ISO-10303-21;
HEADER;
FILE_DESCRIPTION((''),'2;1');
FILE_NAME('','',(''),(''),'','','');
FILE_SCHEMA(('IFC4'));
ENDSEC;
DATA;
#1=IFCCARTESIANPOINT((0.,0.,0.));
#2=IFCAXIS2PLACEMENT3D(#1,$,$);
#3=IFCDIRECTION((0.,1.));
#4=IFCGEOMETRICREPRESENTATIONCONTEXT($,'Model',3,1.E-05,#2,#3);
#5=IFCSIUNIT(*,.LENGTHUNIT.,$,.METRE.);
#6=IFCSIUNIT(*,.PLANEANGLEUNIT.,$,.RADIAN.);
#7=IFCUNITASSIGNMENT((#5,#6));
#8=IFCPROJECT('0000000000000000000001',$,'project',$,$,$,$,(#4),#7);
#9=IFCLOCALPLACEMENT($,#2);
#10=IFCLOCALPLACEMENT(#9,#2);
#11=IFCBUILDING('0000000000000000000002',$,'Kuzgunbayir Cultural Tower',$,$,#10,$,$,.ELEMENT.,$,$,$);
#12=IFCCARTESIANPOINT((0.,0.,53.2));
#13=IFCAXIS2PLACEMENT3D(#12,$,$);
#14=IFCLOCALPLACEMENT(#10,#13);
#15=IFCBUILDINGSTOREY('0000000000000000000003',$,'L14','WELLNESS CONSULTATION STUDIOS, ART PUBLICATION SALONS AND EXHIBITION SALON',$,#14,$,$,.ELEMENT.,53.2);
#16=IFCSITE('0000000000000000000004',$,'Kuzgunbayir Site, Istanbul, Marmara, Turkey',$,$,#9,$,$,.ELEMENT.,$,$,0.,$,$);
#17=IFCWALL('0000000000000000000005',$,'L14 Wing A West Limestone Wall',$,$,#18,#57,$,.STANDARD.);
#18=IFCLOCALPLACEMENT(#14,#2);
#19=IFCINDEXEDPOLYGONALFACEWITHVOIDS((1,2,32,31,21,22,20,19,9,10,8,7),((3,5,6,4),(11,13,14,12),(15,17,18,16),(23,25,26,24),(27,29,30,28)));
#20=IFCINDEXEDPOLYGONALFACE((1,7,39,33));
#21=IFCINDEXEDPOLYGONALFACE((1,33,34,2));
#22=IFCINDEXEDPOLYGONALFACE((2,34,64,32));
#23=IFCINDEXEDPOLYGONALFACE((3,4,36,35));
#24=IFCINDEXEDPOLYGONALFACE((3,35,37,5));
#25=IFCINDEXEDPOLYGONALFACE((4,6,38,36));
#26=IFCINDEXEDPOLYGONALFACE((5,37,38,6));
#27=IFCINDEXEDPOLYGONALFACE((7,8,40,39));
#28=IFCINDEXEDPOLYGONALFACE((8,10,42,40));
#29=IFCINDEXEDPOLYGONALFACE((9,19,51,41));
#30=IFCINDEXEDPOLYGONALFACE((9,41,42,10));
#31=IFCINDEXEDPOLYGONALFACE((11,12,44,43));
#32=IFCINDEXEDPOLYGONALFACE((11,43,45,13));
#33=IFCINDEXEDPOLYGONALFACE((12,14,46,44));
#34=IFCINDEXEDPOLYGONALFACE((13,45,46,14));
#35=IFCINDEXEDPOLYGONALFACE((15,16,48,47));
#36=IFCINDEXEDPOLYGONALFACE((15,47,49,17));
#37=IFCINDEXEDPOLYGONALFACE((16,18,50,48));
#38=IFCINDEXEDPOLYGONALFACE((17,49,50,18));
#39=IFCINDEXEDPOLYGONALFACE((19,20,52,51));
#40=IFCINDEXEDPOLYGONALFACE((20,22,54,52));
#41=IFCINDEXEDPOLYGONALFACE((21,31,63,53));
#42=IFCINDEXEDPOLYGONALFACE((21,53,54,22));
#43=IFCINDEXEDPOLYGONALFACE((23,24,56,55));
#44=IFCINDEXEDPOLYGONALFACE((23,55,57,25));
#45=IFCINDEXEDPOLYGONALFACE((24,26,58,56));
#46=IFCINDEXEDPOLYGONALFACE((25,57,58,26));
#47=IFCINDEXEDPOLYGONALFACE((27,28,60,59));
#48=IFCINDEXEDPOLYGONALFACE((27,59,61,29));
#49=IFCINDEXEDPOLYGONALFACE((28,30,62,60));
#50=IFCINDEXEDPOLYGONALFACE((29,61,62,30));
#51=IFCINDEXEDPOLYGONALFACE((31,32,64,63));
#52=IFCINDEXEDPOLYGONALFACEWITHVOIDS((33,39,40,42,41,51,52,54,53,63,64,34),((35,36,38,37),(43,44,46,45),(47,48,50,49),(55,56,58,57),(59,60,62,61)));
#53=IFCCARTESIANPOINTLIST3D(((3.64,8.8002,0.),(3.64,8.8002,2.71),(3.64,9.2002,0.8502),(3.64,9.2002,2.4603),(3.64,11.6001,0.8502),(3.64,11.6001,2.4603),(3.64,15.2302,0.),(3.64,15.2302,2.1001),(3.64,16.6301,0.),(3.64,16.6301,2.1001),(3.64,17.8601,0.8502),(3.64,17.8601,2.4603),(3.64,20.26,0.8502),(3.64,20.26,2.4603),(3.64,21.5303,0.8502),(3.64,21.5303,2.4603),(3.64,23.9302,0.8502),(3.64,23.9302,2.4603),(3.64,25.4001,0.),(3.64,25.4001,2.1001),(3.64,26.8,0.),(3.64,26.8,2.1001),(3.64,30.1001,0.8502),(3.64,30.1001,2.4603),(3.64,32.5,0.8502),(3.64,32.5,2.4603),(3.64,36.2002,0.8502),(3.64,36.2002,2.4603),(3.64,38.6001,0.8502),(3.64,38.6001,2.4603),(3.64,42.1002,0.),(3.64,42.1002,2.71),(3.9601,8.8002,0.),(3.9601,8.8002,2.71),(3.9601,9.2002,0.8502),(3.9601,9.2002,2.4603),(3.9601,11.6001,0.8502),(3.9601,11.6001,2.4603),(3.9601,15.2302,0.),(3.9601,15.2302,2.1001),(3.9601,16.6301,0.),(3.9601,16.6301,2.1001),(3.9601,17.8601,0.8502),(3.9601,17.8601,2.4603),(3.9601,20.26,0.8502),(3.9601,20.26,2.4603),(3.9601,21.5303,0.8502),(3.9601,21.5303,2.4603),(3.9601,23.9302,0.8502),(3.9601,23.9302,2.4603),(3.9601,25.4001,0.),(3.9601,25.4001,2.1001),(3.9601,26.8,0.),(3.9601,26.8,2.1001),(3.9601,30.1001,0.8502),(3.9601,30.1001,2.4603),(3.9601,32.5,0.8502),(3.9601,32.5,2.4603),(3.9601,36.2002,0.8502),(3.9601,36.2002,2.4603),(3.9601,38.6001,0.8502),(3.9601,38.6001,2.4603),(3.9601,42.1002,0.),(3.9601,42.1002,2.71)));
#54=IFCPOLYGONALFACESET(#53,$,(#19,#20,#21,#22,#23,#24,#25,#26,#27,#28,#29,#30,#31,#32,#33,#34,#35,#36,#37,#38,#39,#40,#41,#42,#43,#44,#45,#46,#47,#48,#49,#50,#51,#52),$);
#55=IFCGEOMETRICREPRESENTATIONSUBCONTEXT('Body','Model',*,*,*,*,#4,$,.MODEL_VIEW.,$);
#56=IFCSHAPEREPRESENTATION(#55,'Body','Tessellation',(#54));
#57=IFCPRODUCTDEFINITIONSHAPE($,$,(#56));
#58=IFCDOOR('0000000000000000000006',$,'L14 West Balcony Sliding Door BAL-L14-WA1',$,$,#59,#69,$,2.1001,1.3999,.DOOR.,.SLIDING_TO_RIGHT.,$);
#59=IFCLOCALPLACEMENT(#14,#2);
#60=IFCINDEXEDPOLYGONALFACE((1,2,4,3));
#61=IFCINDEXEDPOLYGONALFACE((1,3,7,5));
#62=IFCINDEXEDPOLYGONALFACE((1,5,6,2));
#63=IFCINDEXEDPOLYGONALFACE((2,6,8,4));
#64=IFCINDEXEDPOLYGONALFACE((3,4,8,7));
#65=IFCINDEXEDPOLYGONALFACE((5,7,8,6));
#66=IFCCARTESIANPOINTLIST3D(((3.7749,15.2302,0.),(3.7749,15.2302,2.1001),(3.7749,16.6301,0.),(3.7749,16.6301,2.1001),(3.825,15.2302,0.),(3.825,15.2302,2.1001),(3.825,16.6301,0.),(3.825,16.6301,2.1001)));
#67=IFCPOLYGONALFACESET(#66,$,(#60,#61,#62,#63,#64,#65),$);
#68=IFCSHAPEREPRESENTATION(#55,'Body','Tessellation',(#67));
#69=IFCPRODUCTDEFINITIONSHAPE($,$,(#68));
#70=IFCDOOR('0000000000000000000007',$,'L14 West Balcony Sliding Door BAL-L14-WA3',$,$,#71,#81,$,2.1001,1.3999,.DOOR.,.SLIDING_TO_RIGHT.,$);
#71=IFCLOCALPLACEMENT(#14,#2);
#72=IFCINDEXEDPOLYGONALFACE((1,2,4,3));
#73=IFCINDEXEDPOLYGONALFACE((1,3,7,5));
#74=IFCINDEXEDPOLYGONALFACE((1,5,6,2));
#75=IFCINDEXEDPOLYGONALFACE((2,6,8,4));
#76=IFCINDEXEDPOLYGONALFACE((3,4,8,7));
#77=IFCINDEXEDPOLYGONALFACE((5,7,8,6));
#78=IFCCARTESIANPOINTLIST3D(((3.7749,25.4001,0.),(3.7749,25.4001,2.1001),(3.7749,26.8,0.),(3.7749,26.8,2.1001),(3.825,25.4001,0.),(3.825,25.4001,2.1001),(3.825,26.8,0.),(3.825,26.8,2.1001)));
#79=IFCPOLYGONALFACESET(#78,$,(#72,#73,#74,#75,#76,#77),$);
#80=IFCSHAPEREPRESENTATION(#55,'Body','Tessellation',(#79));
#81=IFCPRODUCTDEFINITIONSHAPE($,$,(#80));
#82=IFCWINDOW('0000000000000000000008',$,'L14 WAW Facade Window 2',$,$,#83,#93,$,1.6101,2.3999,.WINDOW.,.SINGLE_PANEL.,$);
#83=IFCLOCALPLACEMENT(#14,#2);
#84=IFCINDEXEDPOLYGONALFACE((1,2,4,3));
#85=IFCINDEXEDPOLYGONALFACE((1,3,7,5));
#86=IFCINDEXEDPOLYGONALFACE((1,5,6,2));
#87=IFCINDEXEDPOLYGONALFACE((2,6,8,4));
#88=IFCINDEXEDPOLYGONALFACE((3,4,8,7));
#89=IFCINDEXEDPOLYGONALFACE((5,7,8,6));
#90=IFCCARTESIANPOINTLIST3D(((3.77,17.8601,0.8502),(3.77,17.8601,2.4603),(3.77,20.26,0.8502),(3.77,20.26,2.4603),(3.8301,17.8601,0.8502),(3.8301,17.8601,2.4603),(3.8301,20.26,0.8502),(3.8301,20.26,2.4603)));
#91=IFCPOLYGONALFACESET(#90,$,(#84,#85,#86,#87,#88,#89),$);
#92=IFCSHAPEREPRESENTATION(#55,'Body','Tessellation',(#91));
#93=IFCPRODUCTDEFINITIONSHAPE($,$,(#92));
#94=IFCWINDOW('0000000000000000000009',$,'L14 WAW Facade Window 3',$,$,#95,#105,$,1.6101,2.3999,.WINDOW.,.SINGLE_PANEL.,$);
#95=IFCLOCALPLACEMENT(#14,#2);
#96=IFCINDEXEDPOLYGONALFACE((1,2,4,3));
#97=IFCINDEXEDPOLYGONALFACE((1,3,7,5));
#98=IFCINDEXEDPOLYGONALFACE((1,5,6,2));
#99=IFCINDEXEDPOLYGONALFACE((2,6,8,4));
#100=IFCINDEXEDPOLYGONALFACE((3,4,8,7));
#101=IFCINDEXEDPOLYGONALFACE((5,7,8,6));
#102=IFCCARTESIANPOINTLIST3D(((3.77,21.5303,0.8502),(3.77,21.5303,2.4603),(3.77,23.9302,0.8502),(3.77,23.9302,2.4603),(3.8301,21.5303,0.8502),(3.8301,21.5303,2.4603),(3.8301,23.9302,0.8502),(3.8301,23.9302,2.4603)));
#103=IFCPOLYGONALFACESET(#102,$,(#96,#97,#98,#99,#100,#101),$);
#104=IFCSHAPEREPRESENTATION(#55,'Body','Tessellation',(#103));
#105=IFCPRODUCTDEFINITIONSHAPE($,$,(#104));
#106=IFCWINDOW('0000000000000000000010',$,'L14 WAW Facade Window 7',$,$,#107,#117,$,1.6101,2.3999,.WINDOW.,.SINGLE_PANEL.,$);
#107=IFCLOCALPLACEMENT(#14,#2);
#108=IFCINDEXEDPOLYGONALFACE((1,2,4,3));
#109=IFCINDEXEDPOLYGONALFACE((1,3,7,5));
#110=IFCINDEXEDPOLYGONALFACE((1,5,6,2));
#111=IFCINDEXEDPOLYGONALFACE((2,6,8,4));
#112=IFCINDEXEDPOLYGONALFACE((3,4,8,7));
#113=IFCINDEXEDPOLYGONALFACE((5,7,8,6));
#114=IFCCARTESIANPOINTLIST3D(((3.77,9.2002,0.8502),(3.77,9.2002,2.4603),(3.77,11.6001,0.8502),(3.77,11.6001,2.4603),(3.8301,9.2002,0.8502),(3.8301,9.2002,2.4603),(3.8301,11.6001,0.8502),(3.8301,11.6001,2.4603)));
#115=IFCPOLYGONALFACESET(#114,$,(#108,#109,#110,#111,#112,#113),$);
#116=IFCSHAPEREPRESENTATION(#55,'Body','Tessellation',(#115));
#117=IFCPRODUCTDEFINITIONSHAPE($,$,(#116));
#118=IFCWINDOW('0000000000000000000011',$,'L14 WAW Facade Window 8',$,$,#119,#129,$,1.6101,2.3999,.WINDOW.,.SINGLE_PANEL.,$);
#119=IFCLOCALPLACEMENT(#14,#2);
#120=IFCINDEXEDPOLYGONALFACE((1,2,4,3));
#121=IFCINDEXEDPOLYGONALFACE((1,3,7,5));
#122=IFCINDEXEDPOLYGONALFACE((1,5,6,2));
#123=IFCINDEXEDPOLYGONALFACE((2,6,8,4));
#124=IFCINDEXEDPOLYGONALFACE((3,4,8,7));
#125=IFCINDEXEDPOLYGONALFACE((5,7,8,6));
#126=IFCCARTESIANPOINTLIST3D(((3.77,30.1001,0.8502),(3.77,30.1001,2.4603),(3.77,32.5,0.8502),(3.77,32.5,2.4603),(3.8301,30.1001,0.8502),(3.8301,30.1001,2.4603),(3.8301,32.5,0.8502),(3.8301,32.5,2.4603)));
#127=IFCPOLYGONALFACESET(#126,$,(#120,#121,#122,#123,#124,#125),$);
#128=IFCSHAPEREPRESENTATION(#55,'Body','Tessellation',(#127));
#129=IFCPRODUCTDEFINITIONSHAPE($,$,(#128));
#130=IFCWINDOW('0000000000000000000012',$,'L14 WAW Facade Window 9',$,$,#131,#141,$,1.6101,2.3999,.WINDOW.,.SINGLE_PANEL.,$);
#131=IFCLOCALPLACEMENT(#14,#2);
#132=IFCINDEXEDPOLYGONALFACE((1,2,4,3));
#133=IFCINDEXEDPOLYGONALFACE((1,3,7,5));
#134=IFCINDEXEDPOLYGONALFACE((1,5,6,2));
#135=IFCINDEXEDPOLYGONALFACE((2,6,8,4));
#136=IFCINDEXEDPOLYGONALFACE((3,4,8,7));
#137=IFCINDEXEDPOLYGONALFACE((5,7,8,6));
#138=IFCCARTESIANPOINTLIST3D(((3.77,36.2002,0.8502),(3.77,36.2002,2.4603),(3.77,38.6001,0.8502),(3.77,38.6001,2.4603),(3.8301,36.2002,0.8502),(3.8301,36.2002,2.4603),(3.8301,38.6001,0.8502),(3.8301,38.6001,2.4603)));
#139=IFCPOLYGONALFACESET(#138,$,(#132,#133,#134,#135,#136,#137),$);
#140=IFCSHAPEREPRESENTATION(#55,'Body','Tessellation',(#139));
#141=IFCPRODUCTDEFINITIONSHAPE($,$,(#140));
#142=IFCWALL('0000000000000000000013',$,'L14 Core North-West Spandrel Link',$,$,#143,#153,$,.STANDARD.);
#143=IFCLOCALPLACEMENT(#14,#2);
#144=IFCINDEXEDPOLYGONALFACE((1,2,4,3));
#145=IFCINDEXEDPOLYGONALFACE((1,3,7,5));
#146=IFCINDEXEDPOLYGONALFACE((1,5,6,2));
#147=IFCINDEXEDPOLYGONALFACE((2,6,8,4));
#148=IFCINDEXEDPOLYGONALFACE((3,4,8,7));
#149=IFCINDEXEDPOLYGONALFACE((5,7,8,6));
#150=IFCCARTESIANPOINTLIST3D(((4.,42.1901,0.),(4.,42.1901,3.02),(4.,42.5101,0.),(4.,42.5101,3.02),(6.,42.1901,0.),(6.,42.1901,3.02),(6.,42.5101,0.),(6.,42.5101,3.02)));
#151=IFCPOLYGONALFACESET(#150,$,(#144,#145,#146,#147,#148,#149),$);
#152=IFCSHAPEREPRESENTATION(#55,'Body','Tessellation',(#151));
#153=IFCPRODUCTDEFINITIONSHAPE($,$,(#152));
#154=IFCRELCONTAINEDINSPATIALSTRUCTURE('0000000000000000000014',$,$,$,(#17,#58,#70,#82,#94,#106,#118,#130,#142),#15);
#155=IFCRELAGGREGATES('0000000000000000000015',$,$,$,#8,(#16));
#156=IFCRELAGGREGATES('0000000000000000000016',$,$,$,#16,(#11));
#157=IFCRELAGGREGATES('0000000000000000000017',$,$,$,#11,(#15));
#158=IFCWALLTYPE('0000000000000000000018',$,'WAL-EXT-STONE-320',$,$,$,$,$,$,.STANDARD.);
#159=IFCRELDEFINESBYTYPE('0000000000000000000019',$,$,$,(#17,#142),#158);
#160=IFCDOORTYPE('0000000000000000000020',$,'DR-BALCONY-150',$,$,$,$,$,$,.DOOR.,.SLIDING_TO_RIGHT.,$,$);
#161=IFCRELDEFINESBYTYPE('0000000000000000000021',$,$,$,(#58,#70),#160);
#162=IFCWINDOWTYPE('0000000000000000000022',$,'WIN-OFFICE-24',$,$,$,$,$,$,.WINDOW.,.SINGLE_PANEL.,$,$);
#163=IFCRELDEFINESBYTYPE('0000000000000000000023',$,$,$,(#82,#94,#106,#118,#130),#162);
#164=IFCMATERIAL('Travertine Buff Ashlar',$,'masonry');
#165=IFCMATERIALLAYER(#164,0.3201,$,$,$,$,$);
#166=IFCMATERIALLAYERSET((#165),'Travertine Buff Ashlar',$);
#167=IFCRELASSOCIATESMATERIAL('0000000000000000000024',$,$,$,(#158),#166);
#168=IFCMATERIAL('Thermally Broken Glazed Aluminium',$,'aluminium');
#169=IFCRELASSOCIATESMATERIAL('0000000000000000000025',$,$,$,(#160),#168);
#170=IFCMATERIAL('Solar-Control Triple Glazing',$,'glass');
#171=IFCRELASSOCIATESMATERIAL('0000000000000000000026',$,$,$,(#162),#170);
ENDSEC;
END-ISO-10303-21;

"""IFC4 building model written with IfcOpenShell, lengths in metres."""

from ifc_helpers import new_model, si_unit, direction, frame, frame_2d, origin, place, context, subcontext, project, spatial, rectangle, extrude, material, layer, layer_set, type_object, element, fill, save


model = new_model("IFC4")

# Units and contexts
model_context = context("Model", 3, precision=1e-05, world=origin(), true_north=direction((0.0, 1.0)))
body_context = subcontext(model_context, "Body", "Model", "MODEL_VIEW")
ifc_project = project(units=[si_unit("LENGTHUNIT", "METRE"), si_unit("PLANEANGLEUNIT", "RADIAN")], contexts=[model_context])

# Site, building, storey
site_placement = place(None, origin())
site = spatial("IfcSite", under=ifc_project, at=site_placement, Name="Kuzgunbayir Site, Istanbul, Marmara, Turkey", CompositionType="ELEMENT", RefElevation=0.0)
building_placement = place(site_placement, origin())
building = spatial("IfcBuilding", under=site, at=building_placement, Name="Kuzgunbayir Cultural Tower", CompositionType="ELEMENT")
storey_placement = place(building_placement, frame((0.0, 0.0, 53.2)))
storey = spatial("IfcBuildingStorey", under=building, at=storey_placement, Name="L14", Description="WELLNESS CONSULTATION STUDIOS, ART PUBLICATION SALONS AND EXHIBITION SALON", CompositionType="ELEMENT", Elevation=53.2)

# Wall, openings, doors, windows
ifc_material_1 = material(Name="Travertine Buff Ashlar", Category="masonry")
ifc_layer_1 = layer(ifc_material_1, 0.3201)
ifc_layer_set_1 = layer_set([ifc_layer_1], Name="Travertine Buff Ashlar")
wall_type_1 = type_object("IfcWallType", Name="WAL-EXT-STONE-320", PredefinedType="STANDARD", material=ifc_layer_set_1)
wall_1_placement = place(storey_placement, frame((3.8, 42.1001, 0.0), z_axis=(0.0, 0.0, 1.0), x_axis=(0.0, -1.0, 0.0)))
wall_1 = element("IfcWall", 1, at=wall_1_placement, inside=storey, type_object=wall_type_1, Name="L14 Wing A West Limestone Wall", PredefinedType="STANDARD", context=body_context, shape_type="SweptSolid", body=[
    extrude(rectangle(XDim=33.3, YDim=0.3201, at=frame_2d((16.6499, 0.0))), origin(), (0.0, 0.0, 1.0), 2.71),
])
opening_1_placement = place(wall_1_placement, frame((25.47, 0.0, 0.0)))
opening_1 = element("IfcOpeningElement", 2, at=opening_1_placement, cuts=wall_1, PredefinedType="OPENING", context=body_context, shape_type="SweptSolid", body=[
    extrude(rectangle(XDim=1.3999, YDim=2.1001, at=frame_2d((0.7, 1.05))), frame((0.0, 0.1699, 0.0), z_axis=(0.0, -1.0, 0.0), x_axis=(1.0, 0.0, 0.0)), (0.0, 0.0, 1.0), 0.3401),
])
opening_2_placement = place(wall_1_placement, frame((15.3, 0.0, 0.0)))
opening_2 = element("IfcOpeningElement", 3, at=opening_2_placement, cuts=wall_1, PredefinedType="OPENING", context=body_context, shape_type="SweptSolid", body=[
    extrude(rectangle(XDim=1.3999, YDim=2.1001, at=frame_2d((0.7, 1.05))), frame((0.0, 0.1699, 0.0), z_axis=(0.0, -1.0, 0.0), x_axis=(1.0, 0.0, 0.0)), (0.0, 0.0, 1.0), 0.3401),
])
opening_3_placement = place(wall_1_placement, frame((21.8401, 0.0, 0.8501)))
opening_3 = element("IfcOpeningElement", 4, at=opening_3_placement, cuts=wall_1, PredefinedType="OPENING", context=body_context, shape_type="SweptSolid", body=[
    extrude(rectangle(XDim=2.3999, YDim=1.6101, at=frame_2d((1.2, 0.8052))), frame((0.0, 0.1699, 0.0), z_axis=(0.0, -1.0, 0.0), x_axis=(1.0, 0.0, 0.0)), (0.0, 0.0, 1.0), 0.3401),
])
opening_4_placement = place(wall_1_placement, frame((18.1699, 0.0, 0.8501)))
opening_4 = element("IfcOpeningElement", 5, at=opening_4_placement, cuts=wall_1, PredefinedType="OPENING", context=body_context, shape_type="SweptSolid", body=[
    extrude(rectangle(XDim=2.3999, YDim=1.6101, at=frame_2d((1.2, 0.8052))), frame((0.0, 0.1699, 0.0), z_axis=(0.0, -1.0, 0.0), x_axis=(1.0, 0.0, 0.0)), (0.0, 0.0, 1.0), 0.3401),
])
opening_5_placement = place(wall_1_placement, frame((30.5, 0.0, 0.8501)))
opening_5 = element("IfcOpeningElement", 6, at=opening_5_placement, cuts=wall_1, PredefinedType="OPENING", context=body_context, shape_type="SweptSolid", body=[
    extrude(rectangle(XDim=2.3999, YDim=1.6101, at=frame_2d((1.2, 0.8052))), frame((0.0, 0.1699, 0.0), z_axis=(0.0, -1.0, 0.0), x_axis=(1.0, 0.0, 0.0)), (0.0, 0.0, 1.0), 0.3401),
])
opening_6_placement = place(wall_1_placement, frame((9.6001, 0.0, 0.8501)))
opening_6 = element("IfcOpeningElement", 7, at=opening_6_placement, cuts=wall_1, PredefinedType="OPENING", context=body_context, shape_type="SweptSolid", body=[
    extrude(rectangle(XDim=2.3999, YDim=1.6101, at=frame_2d((1.2, 0.8052))), frame((0.0, 0.1699, 0.0), z_axis=(0.0, -1.0, 0.0), x_axis=(1.0, 0.0, 0.0)), (0.0, 0.0, 1.0), 0.3401),
])
opening_7_placement = place(wall_1_placement, frame((3.5, 0.0, 0.8501)))
opening_7 = element("IfcOpeningElement", 8, at=opening_7_placement, cuts=wall_1, PredefinedType="OPENING", context=body_context, shape_type="SweptSolid", body=[
    extrude(rectangle(XDim=2.3999, YDim=1.6101, at=frame_2d((1.2, 0.8052))), frame((0.0, 0.1699, 0.0), z_axis=(0.0, -1.0, 0.0), x_axis=(1.0, 0.0, 0.0)), (0.0, 0.0, 1.0), 0.3401),
])
ifc_material_2 = material(Name="Thermally Broken Glazed Aluminium", Category="aluminium")
door_type = type_object("IfcDoorType", Name="DR-BALCONY-150", OperationType="SLIDING_TO_RIGHT", PredefinedType="DOOR", material=ifc_material_2)
door_1_placement = place(opening_1_placement, origin())
door_1 = element("IfcDoor", 9, at=door_1_placement, inside=storey, type_object=door_type, Name="L14 West Balcony Sliding Door BAL-L14-WA1", OperationType="SLIDING_TO_RIGHT", OverallHeight=2.1001, OverallWidth=1.3999, PredefinedType="DOOR", context=body_context, shape_type="SweptSolid", body=[
    extrude(rectangle(XDim=1.3999, YDim=2.1001, at=frame_2d((0.7, 1.05))), frame((0.0, 0.0249, 0.0), z_axis=(0.0, -1.0, 0.0), x_axis=(1.0, 0.0, 0.0)), (0.0, 0.0, 1.0), 0.05),
])
fill(opening_1, door_1)
door_2_placement = place(opening_2_placement, origin())
door_2 = element("IfcDoor", 10, at=door_2_placement, inside=storey, type_object=door_type, Name="L14 West Balcony Sliding Door BAL-L14-WA3", OperationType="SLIDING_TO_RIGHT", OverallHeight=2.1001, OverallWidth=1.3999, PredefinedType="DOOR", context=body_context, shape_type="SweptSolid", body=[
    extrude(rectangle(XDim=1.3999, YDim=2.1001, at=frame_2d((0.7, 1.05))), frame((0.0, 0.0249, 0.0), z_axis=(0.0, -1.0, 0.0), x_axis=(1.0, 0.0, 0.0)), (0.0, 0.0, 1.0), 0.05),
])
fill(opening_2, door_2)
ifc_material_3 = material(Name="Solar-Control Triple Glazing", Category="glass")
window_type = type_object("IfcWindowType", Name="WIN-OFFICE-24", PartitioningType="SINGLE_PANEL", PredefinedType="WINDOW", material=ifc_material_3)
window_1_placement = place(opening_3_placement, origin())
window_1 = element("IfcWindow", 11, at=window_1_placement, inside=storey, type_object=window_type, Name="L14 WAW Facade Window 2", OverallHeight=1.6101, OverallWidth=2.3999, PartitioningType="SINGLE_PANEL", PredefinedType="WINDOW", context=body_context, shape_type="SweptSolid", body=[
    extrude(rectangle(XDim=2.3999, YDim=1.6101, at=frame_2d((1.2, 0.8052))), frame((0.0, 0.03, 0.0), z_axis=(0.0, -1.0, 0.0), x_axis=(1.0, 0.0, 0.0)), (0.0, 0.0, 1.0), 0.0601),
])
fill(opening_3, window_1)
window_2_placement = place(opening_4_placement, origin())
window_2 = element("IfcWindow", 12, at=window_2_placement, inside=storey, type_object=window_type, Name="L14 WAW Facade Window 3", OverallHeight=1.6101, OverallWidth=2.3999, PartitioningType="SINGLE_PANEL", PredefinedType="WINDOW", context=body_context, shape_type="SweptSolid", body=[
    extrude(rectangle(XDim=2.3999, YDim=1.6101, at=frame_2d((1.2, 0.8052))), frame((0.0, 0.03, 0.0), z_axis=(0.0, -1.0, 0.0), x_axis=(1.0, 0.0, 0.0)), (0.0, 0.0, 1.0), 0.0601),
])
fill(opening_4, window_2)
window_3_placement = place(opening_5_placement, origin())
window_3 = element("IfcWindow", 13, at=window_3_placement, inside=storey, type_object=window_type, Name="L14 WAW Facade Window 7", OverallHeight=1.6101, OverallWidth=2.3999, PartitioningType="SINGLE_PANEL", PredefinedType="WINDOW", context=body_context, shape_type="SweptSolid", body=[
    extrude(rectangle(XDim=2.3999, YDim=1.6101, at=frame_2d((1.2, 0.8052))), frame((0.0, 0.03, 0.0), z_axis=(0.0, -1.0, 0.0), x_axis=(1.0, 0.0, 0.0)), (0.0, 0.0, 1.0), 0.0601),
])
fill(opening_5, window_3)
window_4_placement = place(opening_6_placement, origin())
window_4 = element("IfcWindow", 14, at=window_4_placement, inside=storey, type_object=window_type, Name="L14 WAW Facade Window 8", OverallHeight=1.6101, OverallWidth=2.3999, PartitioningType="SINGLE_PANEL", PredefinedType="WINDOW", context=body_context, shape_type="SweptSolid", body=[
    extrude(rectangle(XDim=2.3999, YDim=1.6101, at=frame_2d((1.2, 0.8052))), frame((0.0, 0.03, 0.0), z_axis=(0.0, -1.0, 0.0), x_axis=(1.0, 0.0, 0.0)), (0.0, 0.0, 1.0), 0.0601),
])
fill(opening_6, window_4)
window_5_placement = place(opening_7_placement, origin())
window_5 = element("IfcWindow", 15, at=window_5_placement, inside=storey, type_object=window_type, Name="L14 WAW Facade Window 9", OverallHeight=1.6101, OverallWidth=2.3999, PartitioningType="SINGLE_PANEL", PredefinedType="WINDOW", context=body_context, shape_type="SweptSolid", body=[
    extrude(rectangle(XDim=2.3999, YDim=1.6101, at=frame_2d((1.2, 0.8052))), frame((0.0, 0.03, 0.0), z_axis=(0.0, -1.0, 0.0), x_axis=(1.0, 0.0, 0.0)), (0.0, 0.0, 1.0), 0.0601),
])
fill(opening_7, window_5)

# Wall
wall_2_placement = place(storey_placement, frame((6.0, 42.3501, 0.0), z_axis=(0.0, 0.0, 1.0), x_axis=(-1.0, 0.0, 0.0)))
element("IfcWall", 16, at=wall_2_placement, inside=storey, type_object=wall_type_1, Name="L14 Core North-West Spandrel Link", PredefinedType="STANDARD", context=body_context, shape_type="SweptSolid", body=[
    extrude(rectangle(XDim=2.0, YDim=0.3201, at=frame_2d((1.0, 0.0))), origin(), (0.0, 0.0, 1.0), 3.02),
])

save(model, "model.ifc")
